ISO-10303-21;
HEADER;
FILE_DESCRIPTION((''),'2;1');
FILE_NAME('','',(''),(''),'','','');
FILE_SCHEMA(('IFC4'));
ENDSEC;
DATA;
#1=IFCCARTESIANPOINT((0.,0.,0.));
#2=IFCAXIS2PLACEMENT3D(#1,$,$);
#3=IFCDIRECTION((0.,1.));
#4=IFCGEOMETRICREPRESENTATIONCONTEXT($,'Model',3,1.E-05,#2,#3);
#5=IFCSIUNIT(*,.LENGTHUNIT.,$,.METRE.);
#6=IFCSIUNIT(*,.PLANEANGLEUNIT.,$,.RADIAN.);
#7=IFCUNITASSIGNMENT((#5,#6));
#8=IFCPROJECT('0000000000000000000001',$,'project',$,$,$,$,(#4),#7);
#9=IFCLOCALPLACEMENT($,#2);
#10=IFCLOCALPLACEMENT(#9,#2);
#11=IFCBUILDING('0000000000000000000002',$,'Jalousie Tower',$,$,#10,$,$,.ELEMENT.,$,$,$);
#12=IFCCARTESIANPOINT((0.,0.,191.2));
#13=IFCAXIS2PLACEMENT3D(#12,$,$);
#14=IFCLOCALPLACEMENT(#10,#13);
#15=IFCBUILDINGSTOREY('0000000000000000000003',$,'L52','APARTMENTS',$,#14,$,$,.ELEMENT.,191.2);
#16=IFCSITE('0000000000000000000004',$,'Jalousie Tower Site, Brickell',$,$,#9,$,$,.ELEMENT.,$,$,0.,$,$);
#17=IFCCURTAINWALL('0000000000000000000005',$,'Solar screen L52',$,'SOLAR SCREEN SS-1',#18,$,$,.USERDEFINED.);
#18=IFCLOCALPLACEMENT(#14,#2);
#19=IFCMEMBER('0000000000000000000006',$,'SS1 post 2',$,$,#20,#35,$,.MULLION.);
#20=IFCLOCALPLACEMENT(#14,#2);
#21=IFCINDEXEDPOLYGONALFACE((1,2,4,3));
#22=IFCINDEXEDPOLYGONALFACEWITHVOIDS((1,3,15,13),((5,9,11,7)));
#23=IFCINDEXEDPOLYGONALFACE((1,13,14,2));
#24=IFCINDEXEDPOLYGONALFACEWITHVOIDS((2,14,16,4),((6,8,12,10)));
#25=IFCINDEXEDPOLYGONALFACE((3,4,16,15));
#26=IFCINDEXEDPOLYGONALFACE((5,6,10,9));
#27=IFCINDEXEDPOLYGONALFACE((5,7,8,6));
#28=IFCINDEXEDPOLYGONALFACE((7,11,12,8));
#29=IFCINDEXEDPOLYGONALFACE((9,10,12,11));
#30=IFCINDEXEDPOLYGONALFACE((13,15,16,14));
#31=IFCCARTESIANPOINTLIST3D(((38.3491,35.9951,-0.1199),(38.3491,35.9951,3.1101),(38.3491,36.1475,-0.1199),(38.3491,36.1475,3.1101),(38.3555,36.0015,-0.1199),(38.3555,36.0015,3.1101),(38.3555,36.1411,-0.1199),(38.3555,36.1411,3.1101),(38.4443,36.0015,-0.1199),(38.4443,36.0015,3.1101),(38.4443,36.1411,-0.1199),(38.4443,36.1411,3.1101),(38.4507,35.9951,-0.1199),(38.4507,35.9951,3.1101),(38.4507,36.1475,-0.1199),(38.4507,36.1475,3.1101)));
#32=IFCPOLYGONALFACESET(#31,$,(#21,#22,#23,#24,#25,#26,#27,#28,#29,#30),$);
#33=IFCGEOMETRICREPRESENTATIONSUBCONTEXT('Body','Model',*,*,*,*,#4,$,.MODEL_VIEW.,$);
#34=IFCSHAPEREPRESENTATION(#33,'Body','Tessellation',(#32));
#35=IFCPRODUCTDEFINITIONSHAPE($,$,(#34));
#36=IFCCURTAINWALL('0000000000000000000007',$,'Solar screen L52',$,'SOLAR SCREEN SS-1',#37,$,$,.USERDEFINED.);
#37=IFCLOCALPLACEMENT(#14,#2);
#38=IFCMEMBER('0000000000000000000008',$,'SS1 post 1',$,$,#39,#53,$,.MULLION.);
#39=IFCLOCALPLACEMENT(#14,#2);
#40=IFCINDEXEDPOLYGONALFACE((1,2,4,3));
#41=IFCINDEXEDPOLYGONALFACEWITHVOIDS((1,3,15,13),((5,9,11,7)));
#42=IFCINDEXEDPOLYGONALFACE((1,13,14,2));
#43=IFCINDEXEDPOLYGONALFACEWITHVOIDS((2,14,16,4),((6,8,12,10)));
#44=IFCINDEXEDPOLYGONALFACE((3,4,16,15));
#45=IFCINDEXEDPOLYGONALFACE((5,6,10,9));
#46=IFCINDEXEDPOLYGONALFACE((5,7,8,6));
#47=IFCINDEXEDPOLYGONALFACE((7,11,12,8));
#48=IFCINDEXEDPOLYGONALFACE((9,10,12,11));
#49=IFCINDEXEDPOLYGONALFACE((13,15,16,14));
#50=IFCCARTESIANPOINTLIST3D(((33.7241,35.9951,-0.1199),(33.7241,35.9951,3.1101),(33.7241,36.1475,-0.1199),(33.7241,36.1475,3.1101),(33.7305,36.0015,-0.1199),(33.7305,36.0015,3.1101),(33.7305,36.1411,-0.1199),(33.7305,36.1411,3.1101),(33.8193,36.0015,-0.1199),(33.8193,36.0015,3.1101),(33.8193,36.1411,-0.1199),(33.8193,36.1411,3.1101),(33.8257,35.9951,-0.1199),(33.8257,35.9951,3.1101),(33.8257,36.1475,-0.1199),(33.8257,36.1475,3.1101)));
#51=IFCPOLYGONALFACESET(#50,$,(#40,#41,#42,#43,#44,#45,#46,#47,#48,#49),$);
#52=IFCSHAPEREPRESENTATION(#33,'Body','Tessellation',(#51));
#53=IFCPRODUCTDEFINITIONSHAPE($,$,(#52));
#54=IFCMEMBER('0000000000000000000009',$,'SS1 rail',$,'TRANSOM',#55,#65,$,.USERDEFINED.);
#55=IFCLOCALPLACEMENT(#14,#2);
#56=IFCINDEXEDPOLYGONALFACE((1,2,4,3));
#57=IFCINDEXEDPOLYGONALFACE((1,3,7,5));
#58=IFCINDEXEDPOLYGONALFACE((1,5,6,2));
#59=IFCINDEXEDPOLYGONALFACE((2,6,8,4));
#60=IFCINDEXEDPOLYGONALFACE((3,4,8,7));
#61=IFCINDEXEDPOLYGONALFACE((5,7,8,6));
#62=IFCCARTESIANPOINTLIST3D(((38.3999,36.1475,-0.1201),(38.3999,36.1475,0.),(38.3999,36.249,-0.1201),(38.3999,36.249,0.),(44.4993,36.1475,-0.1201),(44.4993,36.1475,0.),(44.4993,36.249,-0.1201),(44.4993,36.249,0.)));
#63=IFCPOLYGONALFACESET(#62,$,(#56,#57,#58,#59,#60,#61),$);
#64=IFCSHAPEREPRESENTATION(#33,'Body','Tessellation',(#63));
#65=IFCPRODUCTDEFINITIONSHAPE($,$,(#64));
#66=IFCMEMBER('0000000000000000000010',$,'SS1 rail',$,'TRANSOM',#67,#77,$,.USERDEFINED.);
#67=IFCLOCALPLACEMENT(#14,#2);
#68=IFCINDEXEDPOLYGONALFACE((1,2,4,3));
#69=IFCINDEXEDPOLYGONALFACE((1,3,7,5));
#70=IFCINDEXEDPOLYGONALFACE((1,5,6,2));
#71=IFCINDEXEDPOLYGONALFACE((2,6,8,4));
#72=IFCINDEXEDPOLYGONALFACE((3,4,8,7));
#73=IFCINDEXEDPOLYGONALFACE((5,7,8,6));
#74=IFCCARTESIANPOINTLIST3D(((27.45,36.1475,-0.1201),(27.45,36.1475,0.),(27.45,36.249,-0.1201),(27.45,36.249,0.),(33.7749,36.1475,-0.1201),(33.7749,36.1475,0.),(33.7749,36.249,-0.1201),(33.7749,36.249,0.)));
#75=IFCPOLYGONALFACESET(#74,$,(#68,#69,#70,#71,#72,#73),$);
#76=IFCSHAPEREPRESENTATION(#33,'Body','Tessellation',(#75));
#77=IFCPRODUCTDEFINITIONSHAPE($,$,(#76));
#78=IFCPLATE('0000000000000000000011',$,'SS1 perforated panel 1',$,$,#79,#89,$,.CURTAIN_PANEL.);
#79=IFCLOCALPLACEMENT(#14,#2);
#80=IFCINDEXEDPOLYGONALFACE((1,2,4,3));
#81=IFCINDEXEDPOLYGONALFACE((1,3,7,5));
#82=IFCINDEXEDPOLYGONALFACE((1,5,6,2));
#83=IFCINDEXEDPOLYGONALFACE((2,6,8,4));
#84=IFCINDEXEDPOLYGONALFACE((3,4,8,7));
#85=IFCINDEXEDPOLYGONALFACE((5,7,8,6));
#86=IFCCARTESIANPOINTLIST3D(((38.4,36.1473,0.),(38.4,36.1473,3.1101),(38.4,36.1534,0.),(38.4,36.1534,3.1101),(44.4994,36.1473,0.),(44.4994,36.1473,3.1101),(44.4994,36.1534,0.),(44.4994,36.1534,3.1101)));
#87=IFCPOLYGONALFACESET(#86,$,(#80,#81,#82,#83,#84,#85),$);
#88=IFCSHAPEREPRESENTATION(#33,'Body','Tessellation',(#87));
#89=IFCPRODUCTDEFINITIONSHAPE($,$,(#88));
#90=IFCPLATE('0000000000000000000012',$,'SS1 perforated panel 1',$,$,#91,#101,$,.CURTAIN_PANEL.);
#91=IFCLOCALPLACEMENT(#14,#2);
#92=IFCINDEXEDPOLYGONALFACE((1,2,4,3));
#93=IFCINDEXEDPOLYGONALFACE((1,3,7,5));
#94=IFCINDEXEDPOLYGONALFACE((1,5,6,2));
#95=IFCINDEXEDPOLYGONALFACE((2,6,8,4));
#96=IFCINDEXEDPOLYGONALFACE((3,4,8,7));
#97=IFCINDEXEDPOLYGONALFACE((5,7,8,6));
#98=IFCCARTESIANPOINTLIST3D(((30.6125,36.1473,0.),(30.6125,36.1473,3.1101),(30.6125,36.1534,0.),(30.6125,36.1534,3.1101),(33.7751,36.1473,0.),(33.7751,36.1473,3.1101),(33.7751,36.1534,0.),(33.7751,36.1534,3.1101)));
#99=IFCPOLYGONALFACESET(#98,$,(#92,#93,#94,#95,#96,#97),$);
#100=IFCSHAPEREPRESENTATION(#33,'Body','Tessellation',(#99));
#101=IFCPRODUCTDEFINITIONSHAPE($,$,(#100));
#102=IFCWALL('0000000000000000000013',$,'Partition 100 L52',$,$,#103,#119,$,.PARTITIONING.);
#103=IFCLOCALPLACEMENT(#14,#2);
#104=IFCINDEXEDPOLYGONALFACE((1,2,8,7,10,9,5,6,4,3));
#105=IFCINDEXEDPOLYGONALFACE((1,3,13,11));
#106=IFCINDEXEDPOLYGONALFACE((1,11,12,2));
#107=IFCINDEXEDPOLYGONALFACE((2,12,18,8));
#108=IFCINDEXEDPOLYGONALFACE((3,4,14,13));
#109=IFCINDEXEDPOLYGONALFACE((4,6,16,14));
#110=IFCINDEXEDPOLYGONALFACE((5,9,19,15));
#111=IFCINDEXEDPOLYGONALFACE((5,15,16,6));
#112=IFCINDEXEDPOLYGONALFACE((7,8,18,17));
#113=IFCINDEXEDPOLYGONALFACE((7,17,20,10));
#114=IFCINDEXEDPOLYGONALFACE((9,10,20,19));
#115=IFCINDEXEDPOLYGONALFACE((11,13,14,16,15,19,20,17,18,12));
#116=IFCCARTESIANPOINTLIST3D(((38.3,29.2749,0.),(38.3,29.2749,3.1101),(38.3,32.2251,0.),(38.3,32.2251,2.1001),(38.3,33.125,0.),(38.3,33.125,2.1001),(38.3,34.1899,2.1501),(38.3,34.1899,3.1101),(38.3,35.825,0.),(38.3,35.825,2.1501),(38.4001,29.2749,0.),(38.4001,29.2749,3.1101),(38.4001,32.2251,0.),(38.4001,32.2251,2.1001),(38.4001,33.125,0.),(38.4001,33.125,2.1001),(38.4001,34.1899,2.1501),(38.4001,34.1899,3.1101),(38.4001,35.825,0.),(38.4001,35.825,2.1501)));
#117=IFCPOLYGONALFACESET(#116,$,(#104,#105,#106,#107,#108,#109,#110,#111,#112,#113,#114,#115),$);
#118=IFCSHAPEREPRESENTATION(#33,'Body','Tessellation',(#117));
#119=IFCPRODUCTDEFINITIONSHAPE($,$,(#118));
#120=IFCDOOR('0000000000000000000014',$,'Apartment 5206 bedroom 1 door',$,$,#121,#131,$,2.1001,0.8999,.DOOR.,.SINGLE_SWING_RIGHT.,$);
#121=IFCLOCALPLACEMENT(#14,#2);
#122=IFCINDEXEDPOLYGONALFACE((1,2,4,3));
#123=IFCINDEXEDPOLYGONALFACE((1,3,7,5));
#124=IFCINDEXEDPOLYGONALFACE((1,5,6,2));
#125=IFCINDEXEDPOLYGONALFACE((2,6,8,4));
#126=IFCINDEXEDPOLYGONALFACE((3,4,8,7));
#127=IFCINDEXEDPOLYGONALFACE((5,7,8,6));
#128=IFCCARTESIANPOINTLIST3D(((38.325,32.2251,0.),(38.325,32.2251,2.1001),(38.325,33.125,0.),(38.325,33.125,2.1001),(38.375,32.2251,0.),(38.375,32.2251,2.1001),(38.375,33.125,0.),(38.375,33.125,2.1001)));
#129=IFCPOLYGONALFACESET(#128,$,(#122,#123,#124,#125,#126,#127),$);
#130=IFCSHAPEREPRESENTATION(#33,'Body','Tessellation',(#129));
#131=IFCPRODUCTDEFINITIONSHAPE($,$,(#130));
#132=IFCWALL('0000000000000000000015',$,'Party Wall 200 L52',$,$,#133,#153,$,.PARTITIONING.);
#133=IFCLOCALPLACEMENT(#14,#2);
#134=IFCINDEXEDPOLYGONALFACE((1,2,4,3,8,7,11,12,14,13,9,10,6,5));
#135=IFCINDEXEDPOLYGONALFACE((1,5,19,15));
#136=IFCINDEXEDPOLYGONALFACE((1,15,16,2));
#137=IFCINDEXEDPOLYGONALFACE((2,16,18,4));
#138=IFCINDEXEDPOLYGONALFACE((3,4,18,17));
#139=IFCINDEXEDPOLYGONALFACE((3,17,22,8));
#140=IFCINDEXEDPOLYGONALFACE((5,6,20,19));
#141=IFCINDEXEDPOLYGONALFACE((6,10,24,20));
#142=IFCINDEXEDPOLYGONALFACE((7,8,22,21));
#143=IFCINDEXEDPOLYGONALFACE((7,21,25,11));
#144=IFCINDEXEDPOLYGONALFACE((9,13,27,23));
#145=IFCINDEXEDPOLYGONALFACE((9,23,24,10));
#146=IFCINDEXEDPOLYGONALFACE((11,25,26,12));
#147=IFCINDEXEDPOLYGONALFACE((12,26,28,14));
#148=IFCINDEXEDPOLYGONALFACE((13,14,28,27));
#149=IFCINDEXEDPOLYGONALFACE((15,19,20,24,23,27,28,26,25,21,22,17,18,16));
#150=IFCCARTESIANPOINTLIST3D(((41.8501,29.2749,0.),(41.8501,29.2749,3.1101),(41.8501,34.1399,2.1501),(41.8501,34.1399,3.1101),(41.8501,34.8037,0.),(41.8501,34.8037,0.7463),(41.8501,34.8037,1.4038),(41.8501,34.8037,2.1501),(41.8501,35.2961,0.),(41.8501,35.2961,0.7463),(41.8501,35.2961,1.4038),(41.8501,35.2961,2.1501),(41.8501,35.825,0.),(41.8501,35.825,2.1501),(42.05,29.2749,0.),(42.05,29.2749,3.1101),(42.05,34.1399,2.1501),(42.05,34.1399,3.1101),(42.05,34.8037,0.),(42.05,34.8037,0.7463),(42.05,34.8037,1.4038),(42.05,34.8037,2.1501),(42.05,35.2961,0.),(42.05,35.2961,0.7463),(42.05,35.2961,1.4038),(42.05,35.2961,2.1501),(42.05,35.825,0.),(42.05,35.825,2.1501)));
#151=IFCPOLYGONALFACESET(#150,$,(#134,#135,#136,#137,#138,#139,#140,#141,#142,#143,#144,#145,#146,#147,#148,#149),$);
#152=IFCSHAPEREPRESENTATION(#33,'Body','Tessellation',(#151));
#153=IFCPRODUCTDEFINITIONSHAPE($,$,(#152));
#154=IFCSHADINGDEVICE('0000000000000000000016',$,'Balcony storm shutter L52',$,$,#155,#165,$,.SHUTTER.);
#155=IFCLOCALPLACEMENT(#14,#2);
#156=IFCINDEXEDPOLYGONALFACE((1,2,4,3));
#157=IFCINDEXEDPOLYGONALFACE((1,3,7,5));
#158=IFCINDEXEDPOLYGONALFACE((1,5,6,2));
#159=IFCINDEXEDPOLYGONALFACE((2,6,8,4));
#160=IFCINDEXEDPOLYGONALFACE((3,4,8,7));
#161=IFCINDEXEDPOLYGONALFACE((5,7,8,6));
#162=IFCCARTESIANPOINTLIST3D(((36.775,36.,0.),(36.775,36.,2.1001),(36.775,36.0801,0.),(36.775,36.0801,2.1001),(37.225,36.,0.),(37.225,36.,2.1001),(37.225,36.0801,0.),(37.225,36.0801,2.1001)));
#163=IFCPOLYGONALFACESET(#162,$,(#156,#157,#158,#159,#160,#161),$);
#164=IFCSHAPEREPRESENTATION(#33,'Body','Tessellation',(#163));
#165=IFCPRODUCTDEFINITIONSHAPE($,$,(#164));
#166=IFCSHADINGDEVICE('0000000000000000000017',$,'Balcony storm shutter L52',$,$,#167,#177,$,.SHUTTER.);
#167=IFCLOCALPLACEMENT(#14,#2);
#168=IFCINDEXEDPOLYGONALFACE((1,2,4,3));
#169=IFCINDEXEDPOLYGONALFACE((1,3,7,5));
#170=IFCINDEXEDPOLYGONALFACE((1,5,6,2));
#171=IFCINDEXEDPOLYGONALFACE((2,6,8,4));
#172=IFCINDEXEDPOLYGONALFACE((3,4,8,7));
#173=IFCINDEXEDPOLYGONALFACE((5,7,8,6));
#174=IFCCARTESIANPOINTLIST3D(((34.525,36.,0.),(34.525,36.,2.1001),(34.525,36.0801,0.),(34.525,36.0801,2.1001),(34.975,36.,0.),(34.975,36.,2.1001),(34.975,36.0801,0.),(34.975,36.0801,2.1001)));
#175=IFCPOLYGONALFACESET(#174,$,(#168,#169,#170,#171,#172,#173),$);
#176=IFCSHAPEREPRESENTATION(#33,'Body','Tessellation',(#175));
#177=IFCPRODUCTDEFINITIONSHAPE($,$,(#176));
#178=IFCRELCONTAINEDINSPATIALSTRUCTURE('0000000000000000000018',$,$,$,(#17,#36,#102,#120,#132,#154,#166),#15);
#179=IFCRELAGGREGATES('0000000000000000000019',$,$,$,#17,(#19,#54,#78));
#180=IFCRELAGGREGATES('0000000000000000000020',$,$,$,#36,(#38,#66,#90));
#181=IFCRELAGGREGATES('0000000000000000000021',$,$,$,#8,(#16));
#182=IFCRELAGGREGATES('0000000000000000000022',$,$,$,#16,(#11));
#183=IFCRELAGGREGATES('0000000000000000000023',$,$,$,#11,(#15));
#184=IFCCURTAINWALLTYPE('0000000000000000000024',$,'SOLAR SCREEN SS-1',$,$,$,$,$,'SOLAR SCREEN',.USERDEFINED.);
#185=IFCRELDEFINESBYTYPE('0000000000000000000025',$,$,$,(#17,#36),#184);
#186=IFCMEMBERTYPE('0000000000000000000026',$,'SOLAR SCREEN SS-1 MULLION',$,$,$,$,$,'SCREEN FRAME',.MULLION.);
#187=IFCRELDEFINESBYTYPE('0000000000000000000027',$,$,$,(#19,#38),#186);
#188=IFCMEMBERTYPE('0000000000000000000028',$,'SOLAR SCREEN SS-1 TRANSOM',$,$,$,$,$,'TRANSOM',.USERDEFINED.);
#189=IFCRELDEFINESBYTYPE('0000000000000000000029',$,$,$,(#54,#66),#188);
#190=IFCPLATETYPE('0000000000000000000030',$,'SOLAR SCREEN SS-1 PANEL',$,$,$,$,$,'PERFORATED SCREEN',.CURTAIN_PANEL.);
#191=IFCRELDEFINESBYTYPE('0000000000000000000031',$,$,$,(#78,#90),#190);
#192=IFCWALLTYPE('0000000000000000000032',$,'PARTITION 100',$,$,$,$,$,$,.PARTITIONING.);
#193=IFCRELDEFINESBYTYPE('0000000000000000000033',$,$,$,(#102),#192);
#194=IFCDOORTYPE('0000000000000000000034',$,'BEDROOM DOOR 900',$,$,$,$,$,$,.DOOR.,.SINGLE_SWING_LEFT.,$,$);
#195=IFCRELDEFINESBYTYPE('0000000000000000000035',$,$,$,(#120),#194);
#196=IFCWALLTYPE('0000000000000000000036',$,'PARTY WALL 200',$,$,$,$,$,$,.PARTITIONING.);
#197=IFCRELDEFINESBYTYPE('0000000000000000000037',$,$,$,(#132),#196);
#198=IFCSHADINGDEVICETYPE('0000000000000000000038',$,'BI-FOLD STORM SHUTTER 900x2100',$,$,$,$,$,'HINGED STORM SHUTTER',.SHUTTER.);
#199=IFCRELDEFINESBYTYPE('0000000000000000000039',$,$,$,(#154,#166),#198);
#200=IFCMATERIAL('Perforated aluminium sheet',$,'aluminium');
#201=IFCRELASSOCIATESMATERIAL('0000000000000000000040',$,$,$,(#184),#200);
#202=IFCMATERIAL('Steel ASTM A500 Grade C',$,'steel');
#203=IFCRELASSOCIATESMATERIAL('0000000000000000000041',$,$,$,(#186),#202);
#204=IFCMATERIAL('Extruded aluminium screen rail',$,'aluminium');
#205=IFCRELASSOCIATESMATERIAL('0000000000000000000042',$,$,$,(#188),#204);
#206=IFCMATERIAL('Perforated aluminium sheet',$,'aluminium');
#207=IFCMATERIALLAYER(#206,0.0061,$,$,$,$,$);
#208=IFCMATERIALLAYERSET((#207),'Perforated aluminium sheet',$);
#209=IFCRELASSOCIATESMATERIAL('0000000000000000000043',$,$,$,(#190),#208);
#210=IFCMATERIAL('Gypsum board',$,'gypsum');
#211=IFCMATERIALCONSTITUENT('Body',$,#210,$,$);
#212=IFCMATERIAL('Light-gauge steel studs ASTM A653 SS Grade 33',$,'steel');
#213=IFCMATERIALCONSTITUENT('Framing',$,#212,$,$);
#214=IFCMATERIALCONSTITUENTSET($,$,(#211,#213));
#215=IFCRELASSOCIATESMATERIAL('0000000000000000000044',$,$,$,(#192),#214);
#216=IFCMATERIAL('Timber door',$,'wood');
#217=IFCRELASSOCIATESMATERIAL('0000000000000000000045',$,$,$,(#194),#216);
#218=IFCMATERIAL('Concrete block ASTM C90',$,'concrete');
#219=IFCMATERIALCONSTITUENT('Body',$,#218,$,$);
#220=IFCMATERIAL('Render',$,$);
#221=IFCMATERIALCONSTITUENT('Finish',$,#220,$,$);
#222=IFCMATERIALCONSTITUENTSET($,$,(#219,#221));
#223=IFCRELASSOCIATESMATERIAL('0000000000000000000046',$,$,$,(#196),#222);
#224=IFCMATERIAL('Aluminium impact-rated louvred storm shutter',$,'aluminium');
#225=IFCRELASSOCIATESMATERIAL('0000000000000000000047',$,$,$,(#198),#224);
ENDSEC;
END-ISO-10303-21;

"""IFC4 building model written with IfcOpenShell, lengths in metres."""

from ifc_helpers import new_model, si_unit, direction, frame, frame_2d, origin, origin_2d, place, context, subcontext, project, spatial, polyline, rectangle, hollow_rectangle, outline, extrude, material, layer, layer_set, constituent, constituent_set, material_profile, profile_set, type_object, element, fill, aggregate, save


model = new_model("IFC4")

# Units and contexts
model_context = context("Model", 3, precision=1e-05, world=origin(), true_north=direction((0.0, 1.0)))
body_context = subcontext(model_context, "Body", "Model", "MODEL_VIEW")
ifc_project = project(units=[si_unit("LENGTHUNIT", "METRE"), si_unit("PLANEANGLEUNIT", "RADIAN")], contexts=[model_context])

# Site, building, storey
site_placement = place(None, origin())
site = spatial("IfcSite", under=ifc_project, at=site_placement, Name="Jalousie Tower Site, Brickell", CompositionType="ELEMENT", RefElevation=0.0)
building_placement = place(site_placement, origin())
building = spatial("IfcBuilding", under=site, at=building_placement, Name="Jalousie Tower", CompositionType="ELEMENT")
storey_placement = place(building_placement, frame((0.0, 0.0, 191.2)))
storey = spatial("IfcBuildingStorey", under=building, at=storey_placement, Name="L52", Description="APARTMENTS", CompositionType="ELEMENT", Elevation=191.2)

# Curtain wall, member
ifc_material_1 = material(Name="Perforated aluminium sheet", Category="aluminium")
curtain_wall_type = type_object("IfcCurtainWallType", Name="SOLAR SCREEN SS-1", ElementType="SOLAR SCREEN", PredefinedType="USERDEFINED", material=ifc_material_1)
curtain_wall_1_placement = place(storey_placement, origin())
curtain_wall_1 = element("IfcCurtainWall", 1, at=curtain_wall_1_placement, inside=storey, type_object=curtain_wall_type, Name="Solar screen L52", ObjectType="SOLAR SCREEN SS-1", PredefinedType="USERDEFINED")
ifc_material_2 = material(Name="Steel ASTM A500 Grade C", Category="steel")
ifc_material_profile_1 = material_profile(ifc_material_2, hollow_rectangle(XDim=0.1016, YDim=0.1523, WallThickness=0.0063, at=origin_2d()), Name="HSS6X4X1/4")
ifc_profile_set_1 = profile_set([ifc_material_profile_1], Name="Steel ASTM A500 Grade C")
member_type_1 = type_object("IfcMemberType", Name="SOLAR SCREEN SS-1 MULLION", ElementType="SCREEN FRAME", PredefinedType="MULLION", material=ifc_profile_set_1)
member_1_placement = place(storey_placement, frame((38.3999, 36.0713, -0.1199), z_axis=(0.0, 0.0, 1.0), x_axis=(-1.0, 0.0, 0.0)))
member_1 = element("IfcMember", 2, at=member_1_placement, type_object=member_type_1, Name="SS1 post 2", PredefinedType="MULLION", context=body_context, shape_type="SweptSolid", body=[
    extrude(hollow_rectangle(XDim=0.1016, YDim=0.1523, WallThickness=0.0063, at=origin_2d()), origin(), (0.0, 0.0, 1.0), 3.23),
])

# Curtain wall, member
curtain_wall_2_placement = place(storey_placement, origin())
curtain_wall_2 = element("IfcCurtainWall", 3, at=curtain_wall_2_placement, inside=storey, type_object=curtain_wall_type, Name="Solar screen L52", ObjectType="SOLAR SCREEN SS-1", PredefinedType="USERDEFINED")
member_2_placement = place(storey_placement, frame((33.7749, 36.0713, -0.1199), z_axis=(0.0, 0.0, 1.0), x_axis=(-1.0, 0.0, 0.0)))
member_2 = element("IfcMember", 4, at=member_2_placement, type_object=member_type_1, Name="SS1 post 1", PredefinedType="MULLION", context=body_context, shape_type="SweptSolid", body=[
    extrude(hollow_rectangle(XDim=0.1016, YDim=0.1523, WallThickness=0.0063, at=origin_2d()), origin(), (0.0, 0.0, 1.0), 3.23),
])

# Members
ifc_material_3 = material(Name="Extruded aluminium screen rail", Category="aluminium")
ifc_material_profile_2 = material_profile(ifc_material_3, rectangle(XDim=0.1016, YDim=0.1201, at=origin_2d()), Name="RAIL 102x120")
ifc_profile_set_2 = profile_set([ifc_material_profile_2], Name="Extruded aluminium screen rail")
member_type_2 = type_object("IfcMemberType", Name="SOLAR SCREEN SS-1 TRANSOM", ElementType="TRANSOM", PredefinedType="USERDEFINED", material=ifc_profile_set_2)
member_3_placement = place(storey_placement, frame((44.4993, 36.1982, -0.0601), z_axis=(-1.0, 0.0, 0.0), x_axis=(0.0, -1.0, 0.0)))
member_3 = element("IfcMember", 5, at=member_3_placement, type_object=member_type_2, Name="SS1 rail", ObjectType="TRANSOM", PredefinedType="USERDEFINED", context=body_context, shape_type="SweptSolid", body=[
    extrude(rectangle(XDim=0.1016, YDim=0.1201, at=origin_2d()), origin(), (0.0, 0.0, 1.0), 6.0994),
])
member_4_placement = place(storey_placement, frame((33.7749, 36.1982, -0.0601), z_axis=(-1.0, 0.0, 0.0), x_axis=(0.0, -1.0, 0.0)))
member_4 = element("IfcMember", 6, at=member_4_placement, type_object=member_type_2, Name="SS1 rail", ObjectType="TRANSOM", PredefinedType="USERDEFINED", context=body_context, shape_type="SweptSolid", body=[
    extrude(rectangle(XDim=0.1016, YDim=0.1201, at=origin_2d()), origin(), (0.0, 0.0, 1.0), 6.325),
])

# Plates
ifc_material_4 = material(Name="Perforated aluminium sheet", Category="aluminium")
ifc_layer_1 = layer(ifc_material_4, 0.0061)
ifc_layer_set_1 = layer_set([ifc_layer_1], Name="Perforated aluminium sheet")
plate_type = type_object("IfcPlateType", Name="SOLAR SCREEN SS-1 PANEL", ElementType="PERFORATED SCREEN", PredefinedType="CURTAIN_PANEL", material=ifc_layer_set_1)
plate_1_placement = place(storey_placement, frame((41.4497, 36.1504, 0.0), z_axis=(0.0, 0.0, 1.0), x_axis=(-1.0, 0.0, 0.0)))
plate_1 = element("IfcPlate", 7, at=plate_1_placement, type_object=plate_type, Name="SS1 perforated panel 1", PredefinedType="CURTAIN_PANEL", context=body_context, shape_type="SweptSolid", body=[
    extrude(rectangle(XDim=6.0994, YDim=0.0061, at=origin_2d()), origin(), (0.0, 0.0, 1.0), 3.1101),
])
aggregate(curtain_wall_1, [member_1, member_3, plate_1])
plate_2_placement = place(storey_placement, frame((32.1938, 36.1504, 0.0), z_axis=(0.0, 0.0, 1.0), x_axis=(-1.0, 0.0, 0.0)))
plate_2 = element("IfcPlate", 8, at=plate_2_placement, type_object=plate_type, Name="SS1 perforated panel 1", PredefinedType="CURTAIN_PANEL", context=body_context, shape_type="SweptSolid", body=[
    extrude(rectangle(XDim=3.1626, YDim=0.0061, at=origin_2d()), origin(), (0.0, 0.0, 1.0), 3.1101),
])
aggregate(curtain_wall_2, [member_2, member_4, plate_2])

# Wall, opening, door
ifc_material_5 = material(Name="Gypsum board", Category="gypsum")
ifc_constituent_1 = constituent(ifc_material_5, Name="Body")
ifc_material_6 = material(Name="Light-gauge steel studs ASTM A653 SS Grade 33", Category="steel")
ifc_constituent_2 = constituent(ifc_material_6, Name="Framing")
ifc_constituent_set_1 = constituent_set(constituents=[ifc_constituent_1, ifc_constituent_2])
wall_type_1 = type_object("IfcWallType", Name="PARTITION 100", PredefinedType="PARTITIONING", material=ifc_constituent_set_1)
wall_1_placement = place(storey_placement, frame((38.3501, 35.825, 0.0), z_axis=(0.0, 0.0, 1.0), x_axis=(0.0, -1.0, 0.0)))
wall_1 = element("IfcWall", 9, at=wall_1_placement, inside=storey, type_object=wall_type_1, Name="Partition 100 L52", PredefinedType="PARTITIONING", context=body_context, shape_type="SweptSolid", body=[
    extrude(outline(polyline([(0.0, 0.0), (6.55, 0.0), (6.55, 3.1101), (1.635, 3.1101), (1.635, 2.1501), (0.0, 2.1501), (0.0, 3.1101), (0.0, 0.0)])), frame((0.0, 0.05, 0.0), z_axis=(0.0, -1.0, 0.0), x_axis=(1.0, 0.0, 0.0)), (0.0, 0.0, 1.0), 0.1001),
])
opening_placement = place(wall_1_placement, frame((2.7, 0.0, 0.0)))
opening = element("IfcOpeningElement", 10, at=opening_placement, cuts=wall_1, PredefinedType="OPENING", context=body_context, shape_type="SweptSolid", body=[
    extrude(rectangle(XDim=0.8999, YDim=2.1001, at=frame_2d((0.45, 1.05))), frame((0.0, 0.0601, 0.0), z_axis=(0.0, -1.0, 0.0), x_axis=(1.0, 0.0, 0.0)), (0.0, 0.0, 1.0), 0.1201),
])
ifc_material_7 = material(Name="Timber door", Category="wood")
door_type = type_object("IfcDoorType", Name="BEDROOM DOOR 900", OperationType="SINGLE_SWING_LEFT", PredefinedType="DOOR", material=ifc_material_7)
door_placement = place(opening_placement, origin())
door = element("IfcDoor", 11, at=door_placement, inside=storey, type_object=door_type, Name="Apartment 5206 bedroom 1 door", OperationType="SINGLE_SWING_RIGHT", OverallHeight=2.1001, OverallWidth=0.8999, PredefinedType="DOOR", context=body_context, shape_type="SweptSolid", body=[
    extrude(rectangle(XDim=0.8999, YDim=2.1001, at=frame_2d((0.45, 1.05))), frame((0.0, 0.0249, 0.0), z_axis=(0.0, -1.0, 0.0), x_axis=(1.0, 0.0, 0.0)), (0.0, 0.0, 1.0), 0.05),
])
fill(opening, door)

# Wall
ifc_material_8 = material(Name="Concrete block ASTM C90", Category="concrete")
ifc_constituent_3 = constituent(ifc_material_8, Name="Body")
ifc_material_9 = material(Name="Render")
ifc_constituent_4 = constituent(ifc_material_9, Name="Finish")
ifc_constituent_set_2 = constituent_set(constituents=[ifc_constituent_3, ifc_constituent_4])
wall_type_2 = type_object("IfcWallType", Name="PARTY WALL 200", PredefinedType="PARTITIONING", material=ifc_constituent_set_2)
wall_2_placement = place(storey_placement, frame((41.95, 35.825, 0.0), z_axis=(0.0, 0.0, 1.0), x_axis=(0.0, -1.0, 0.0)))
element("IfcWall", 12, at=wall_2_placement, inside=storey, type_object=wall_type_2, Name="Party Wall 200 L52", PredefinedType="PARTITIONING", context=body_context, shape_type="SweptSolid", body=[
    extrude(outline(polyline([(0.5288, 2.1501), (0.0, 2.1501), (0.0, 0.0), (0.5288, 0.0), (0.5288, 0.7463), (1.0212, 0.7463), (1.0212, 0.0), (6.55, 0.0), (6.55, 3.1101), (1.6851, 3.1101), (1.6851, 2.1501), (1.0212, 2.1501), (1.0212, 1.4038), (0.5288, 1.4038), (0.5288, 2.1501)])), frame((0.0, 0.1001, 0.0), z_axis=(0.0, -1.0, 0.0), x_axis=(1.0, 0.0, 0.0)), (0.0, 0.0, 1.0), 0.2),
])

# Shading devices
ifc_material_10 = material(Name="Aluminium impact-rated louvred storm shutter", Category="aluminium")
shading_device_type_1 = type_object("IfcShadingDeviceType", Name="BI-FOLD STORM SHUTTER 900x2100", ElementType="HINGED STORM SHUTTER", PredefinedType="SHUTTER", material=ifc_material_10)
for number, where, z_axis, x_axis, name in (
    (13, (37.0, 36.04, 0.0), (0.0, 0.0, 1.0), (-1.0, 0.0, 0.0), "Balcony storm shutter L52"),
    (14, (34.75, 36.04, 0.0), (0.0, 0.0, 1.0), (-1.0, 0.0, 0.0), "Balcony storm shutter L52"),
):
    element("IfcShadingDevice", number, at=place(storey_placement, frame(where, z_axis=z_axis, x_axis=x_axis)), inside=storey, type_object=shading_device_type_1, Name=name, PredefinedType="SHUTTER", context=body_context, shape_type="SweptSolid", body=[
        extrude(rectangle(XDim=0.45, YDim=0.0801, at=origin_2d()), origin(), (0.0, 0.0, 1.0), 2.1001),
    ])

save(model, "model.ifc")
